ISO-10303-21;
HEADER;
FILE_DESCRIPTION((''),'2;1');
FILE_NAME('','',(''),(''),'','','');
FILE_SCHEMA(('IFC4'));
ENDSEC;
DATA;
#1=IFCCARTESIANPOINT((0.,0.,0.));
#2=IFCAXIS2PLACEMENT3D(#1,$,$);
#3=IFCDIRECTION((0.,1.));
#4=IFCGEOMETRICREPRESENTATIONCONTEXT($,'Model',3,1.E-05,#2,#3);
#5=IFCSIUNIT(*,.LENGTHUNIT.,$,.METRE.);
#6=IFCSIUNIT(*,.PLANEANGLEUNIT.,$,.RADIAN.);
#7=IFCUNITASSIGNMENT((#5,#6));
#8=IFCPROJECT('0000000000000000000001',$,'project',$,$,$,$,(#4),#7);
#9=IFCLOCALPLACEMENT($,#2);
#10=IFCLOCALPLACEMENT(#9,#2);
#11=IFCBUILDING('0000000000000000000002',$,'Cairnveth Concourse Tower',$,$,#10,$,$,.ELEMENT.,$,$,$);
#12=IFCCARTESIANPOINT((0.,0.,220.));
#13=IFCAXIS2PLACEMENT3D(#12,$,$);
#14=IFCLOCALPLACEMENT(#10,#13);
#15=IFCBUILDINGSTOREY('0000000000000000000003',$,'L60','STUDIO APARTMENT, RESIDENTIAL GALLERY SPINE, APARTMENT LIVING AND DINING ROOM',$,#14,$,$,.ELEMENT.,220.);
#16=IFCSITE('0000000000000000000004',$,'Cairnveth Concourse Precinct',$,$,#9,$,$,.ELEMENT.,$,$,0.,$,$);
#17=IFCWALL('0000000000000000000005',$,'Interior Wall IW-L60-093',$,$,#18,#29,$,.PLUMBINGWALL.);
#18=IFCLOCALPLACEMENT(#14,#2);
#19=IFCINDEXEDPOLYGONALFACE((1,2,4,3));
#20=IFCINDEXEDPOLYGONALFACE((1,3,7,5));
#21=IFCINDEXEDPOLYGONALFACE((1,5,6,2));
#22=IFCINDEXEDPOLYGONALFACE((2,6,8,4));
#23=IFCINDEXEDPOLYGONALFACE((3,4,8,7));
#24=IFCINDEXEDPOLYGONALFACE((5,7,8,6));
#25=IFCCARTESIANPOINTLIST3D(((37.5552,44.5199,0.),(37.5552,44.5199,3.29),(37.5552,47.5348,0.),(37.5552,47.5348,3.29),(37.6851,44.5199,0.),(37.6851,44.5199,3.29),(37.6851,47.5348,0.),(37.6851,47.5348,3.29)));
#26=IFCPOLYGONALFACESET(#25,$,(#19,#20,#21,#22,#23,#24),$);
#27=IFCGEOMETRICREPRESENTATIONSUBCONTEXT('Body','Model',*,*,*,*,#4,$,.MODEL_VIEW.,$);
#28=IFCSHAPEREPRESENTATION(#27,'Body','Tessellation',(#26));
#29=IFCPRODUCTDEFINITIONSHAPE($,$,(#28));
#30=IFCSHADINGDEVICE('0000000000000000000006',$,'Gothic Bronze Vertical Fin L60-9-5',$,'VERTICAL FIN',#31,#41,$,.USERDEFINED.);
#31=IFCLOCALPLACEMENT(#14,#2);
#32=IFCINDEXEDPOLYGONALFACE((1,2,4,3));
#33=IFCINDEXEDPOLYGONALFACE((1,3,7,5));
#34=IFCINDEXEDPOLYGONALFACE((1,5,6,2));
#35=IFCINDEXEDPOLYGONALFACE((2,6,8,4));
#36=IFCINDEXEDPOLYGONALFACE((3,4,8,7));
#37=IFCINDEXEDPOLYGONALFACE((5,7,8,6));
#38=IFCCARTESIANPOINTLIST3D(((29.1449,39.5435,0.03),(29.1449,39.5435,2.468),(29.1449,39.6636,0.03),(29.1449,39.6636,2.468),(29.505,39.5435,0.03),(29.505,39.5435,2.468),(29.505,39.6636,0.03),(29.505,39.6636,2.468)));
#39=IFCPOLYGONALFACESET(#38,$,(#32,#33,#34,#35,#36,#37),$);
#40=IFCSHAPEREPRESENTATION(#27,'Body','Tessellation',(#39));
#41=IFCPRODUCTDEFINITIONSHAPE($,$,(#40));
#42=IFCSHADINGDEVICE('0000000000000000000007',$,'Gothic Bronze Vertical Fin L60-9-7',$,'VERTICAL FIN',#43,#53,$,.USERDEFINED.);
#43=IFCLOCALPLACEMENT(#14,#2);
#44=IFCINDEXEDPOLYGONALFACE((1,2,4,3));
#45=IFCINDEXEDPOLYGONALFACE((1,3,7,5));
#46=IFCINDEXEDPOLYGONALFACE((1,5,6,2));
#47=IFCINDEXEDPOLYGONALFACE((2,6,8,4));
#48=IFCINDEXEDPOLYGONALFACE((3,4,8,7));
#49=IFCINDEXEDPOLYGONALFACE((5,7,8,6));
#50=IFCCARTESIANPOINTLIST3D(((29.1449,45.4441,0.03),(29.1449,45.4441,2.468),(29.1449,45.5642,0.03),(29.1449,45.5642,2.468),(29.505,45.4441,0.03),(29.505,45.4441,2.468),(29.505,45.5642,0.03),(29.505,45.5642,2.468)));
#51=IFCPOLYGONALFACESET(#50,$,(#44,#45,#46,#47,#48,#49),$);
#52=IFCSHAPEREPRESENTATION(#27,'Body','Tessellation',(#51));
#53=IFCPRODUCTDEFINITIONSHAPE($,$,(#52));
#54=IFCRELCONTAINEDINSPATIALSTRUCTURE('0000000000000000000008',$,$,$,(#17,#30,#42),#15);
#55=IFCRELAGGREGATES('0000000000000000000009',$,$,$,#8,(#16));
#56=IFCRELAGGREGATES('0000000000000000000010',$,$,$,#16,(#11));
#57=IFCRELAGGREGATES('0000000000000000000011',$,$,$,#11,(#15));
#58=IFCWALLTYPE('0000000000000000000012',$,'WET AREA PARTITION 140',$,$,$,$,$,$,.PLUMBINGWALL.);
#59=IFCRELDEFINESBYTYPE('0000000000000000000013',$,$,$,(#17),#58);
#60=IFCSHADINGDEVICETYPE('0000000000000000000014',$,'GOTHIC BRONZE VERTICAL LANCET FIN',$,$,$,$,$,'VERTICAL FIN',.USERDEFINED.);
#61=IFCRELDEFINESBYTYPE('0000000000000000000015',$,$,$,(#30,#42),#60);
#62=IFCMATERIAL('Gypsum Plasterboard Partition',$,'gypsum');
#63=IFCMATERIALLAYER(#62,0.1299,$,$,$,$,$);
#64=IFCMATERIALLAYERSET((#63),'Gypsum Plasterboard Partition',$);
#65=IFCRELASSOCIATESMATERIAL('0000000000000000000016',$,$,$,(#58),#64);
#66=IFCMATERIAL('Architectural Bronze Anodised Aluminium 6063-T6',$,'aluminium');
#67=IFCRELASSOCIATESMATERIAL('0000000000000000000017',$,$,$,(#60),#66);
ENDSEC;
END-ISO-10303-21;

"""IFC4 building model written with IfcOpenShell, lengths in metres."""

from ifc_helpers import new_model, si_unit, direction, frame, frame_2d, origin, origin_2d, place, context, subcontext, project, spatial, rectangle, extrude, material, layer, layer_set, type_object, element, save


model = new_model("IFC4")

# Units and contexts
model_context = context("Model", 3, precision=1e-05, world=origin(), true_north=direction((0.0, 1.0)))
body_context = subcontext(model_context, "Body", "Model", "MODEL_VIEW")
ifc_project = project(units=[si_unit("LENGTHUNIT", "METRE"), si_unit("PLANEANGLEUNIT", "RADIAN")], contexts=[model_context])

# Site, building, storey
site_placement = place(None, origin())
site = spatial("IfcSite", under=ifc_project, at=site_placement, Name="Cairnveth Concourse Precinct", CompositionType="ELEMENT", RefElevation=0.0)
building_placement = place(site_placement, origin())
building = spatial("IfcBuilding", under=site, at=building_placement, Name="Cairnveth Concourse Tower", CompositionType="ELEMENT")
storey_placement = place(building_placement, frame((0.0, 0.0, 220.0)))
storey = spatial("IfcBuildingStorey", under=building, at=storey_placement, Name="L60", Description="STUDIO APARTMENT, RESIDENTIAL GALLERY SPINE, APARTMENT LIVING AND DINING ROOM", CompositionType="ELEMENT", Elevation=220.0)

# Shared definitions
ifc_material_1 = material(Name="Gypsum Plasterboard Partition", Category="gypsum")

# Shared definitions
ifc_layer_1 = layer(ifc_material_1, 0.1299)
ifc_layer_set_1 = layer_set([ifc_layer_1], Name="Gypsum Plasterboard Partition")
wall_type_1 = type_object("IfcWallType", Name="WET AREA PARTITION 140", PredefinedType="PLUMBINGWALL", material=ifc_layer_set_1)

# Wall
wall_1_placement = place(storey_placement, frame((37.6201, 44.52, 0.0), z_axis=(0.0, 0.0, 1.0), x_axis=(0.0, 1.0, 0.0)))
element("IfcWall", 1, at=wall_1_placement, inside=storey, type_object=wall_type_1, Name="Interior Wall IW-L60-093", PredefinedType="PLUMBINGWALL", context=body_context, shape_type="SweptSolid", body=[
    extrude(rectangle(XDim=3.0149, YDim=0.1299, at=frame_2d((1.5073, 0.0))), origin(), (0.0, 0.0, 1.0), 3.29),
])

# Shading devices
ifc_material_2 = material(Name="Architectural Bronze Anodised Aluminium 6063-T6", Category="aluminium")
shading_device_type = type_object("IfcShadingDeviceType", Name="GOTHIC BRONZE VERTICAL LANCET FIN", ElementType="VERTICAL FIN", PredefinedType="USERDEFINED", material=ifc_material_2)
for number, where, z_axis, x_axis, name in (
    (2, (29.325, 39.6035, 0.03), (0.0, 0.0, 1.0), (0.0, 1.0, 0.0), "Gothic Bronze Vertical Fin L60-9-5"),
    (3, (29.325, 45.5042, 0.03), (0.0, 0.0, 1.0), (0.0, 1.0, 0.0), "Gothic Bronze Vertical Fin L60-9-7"),
):
    element("IfcShadingDevice", number, at=place(storey_placement, frame(where, z_axis=z_axis, x_axis=x_axis)), inside=storey, type_object=shading_device_type, Name=name, ObjectType="VERTICAL FIN", PredefinedType="USERDEFINED", context=body_context, shape_type="SweptSolid", body=[
        extrude(rectangle(XDim=0.1201, YDim=0.3601, at=origin_2d()), origin(), (0.0, 0.0, 1.0), 2.438),
    ])

save(model, "model.ifc")
